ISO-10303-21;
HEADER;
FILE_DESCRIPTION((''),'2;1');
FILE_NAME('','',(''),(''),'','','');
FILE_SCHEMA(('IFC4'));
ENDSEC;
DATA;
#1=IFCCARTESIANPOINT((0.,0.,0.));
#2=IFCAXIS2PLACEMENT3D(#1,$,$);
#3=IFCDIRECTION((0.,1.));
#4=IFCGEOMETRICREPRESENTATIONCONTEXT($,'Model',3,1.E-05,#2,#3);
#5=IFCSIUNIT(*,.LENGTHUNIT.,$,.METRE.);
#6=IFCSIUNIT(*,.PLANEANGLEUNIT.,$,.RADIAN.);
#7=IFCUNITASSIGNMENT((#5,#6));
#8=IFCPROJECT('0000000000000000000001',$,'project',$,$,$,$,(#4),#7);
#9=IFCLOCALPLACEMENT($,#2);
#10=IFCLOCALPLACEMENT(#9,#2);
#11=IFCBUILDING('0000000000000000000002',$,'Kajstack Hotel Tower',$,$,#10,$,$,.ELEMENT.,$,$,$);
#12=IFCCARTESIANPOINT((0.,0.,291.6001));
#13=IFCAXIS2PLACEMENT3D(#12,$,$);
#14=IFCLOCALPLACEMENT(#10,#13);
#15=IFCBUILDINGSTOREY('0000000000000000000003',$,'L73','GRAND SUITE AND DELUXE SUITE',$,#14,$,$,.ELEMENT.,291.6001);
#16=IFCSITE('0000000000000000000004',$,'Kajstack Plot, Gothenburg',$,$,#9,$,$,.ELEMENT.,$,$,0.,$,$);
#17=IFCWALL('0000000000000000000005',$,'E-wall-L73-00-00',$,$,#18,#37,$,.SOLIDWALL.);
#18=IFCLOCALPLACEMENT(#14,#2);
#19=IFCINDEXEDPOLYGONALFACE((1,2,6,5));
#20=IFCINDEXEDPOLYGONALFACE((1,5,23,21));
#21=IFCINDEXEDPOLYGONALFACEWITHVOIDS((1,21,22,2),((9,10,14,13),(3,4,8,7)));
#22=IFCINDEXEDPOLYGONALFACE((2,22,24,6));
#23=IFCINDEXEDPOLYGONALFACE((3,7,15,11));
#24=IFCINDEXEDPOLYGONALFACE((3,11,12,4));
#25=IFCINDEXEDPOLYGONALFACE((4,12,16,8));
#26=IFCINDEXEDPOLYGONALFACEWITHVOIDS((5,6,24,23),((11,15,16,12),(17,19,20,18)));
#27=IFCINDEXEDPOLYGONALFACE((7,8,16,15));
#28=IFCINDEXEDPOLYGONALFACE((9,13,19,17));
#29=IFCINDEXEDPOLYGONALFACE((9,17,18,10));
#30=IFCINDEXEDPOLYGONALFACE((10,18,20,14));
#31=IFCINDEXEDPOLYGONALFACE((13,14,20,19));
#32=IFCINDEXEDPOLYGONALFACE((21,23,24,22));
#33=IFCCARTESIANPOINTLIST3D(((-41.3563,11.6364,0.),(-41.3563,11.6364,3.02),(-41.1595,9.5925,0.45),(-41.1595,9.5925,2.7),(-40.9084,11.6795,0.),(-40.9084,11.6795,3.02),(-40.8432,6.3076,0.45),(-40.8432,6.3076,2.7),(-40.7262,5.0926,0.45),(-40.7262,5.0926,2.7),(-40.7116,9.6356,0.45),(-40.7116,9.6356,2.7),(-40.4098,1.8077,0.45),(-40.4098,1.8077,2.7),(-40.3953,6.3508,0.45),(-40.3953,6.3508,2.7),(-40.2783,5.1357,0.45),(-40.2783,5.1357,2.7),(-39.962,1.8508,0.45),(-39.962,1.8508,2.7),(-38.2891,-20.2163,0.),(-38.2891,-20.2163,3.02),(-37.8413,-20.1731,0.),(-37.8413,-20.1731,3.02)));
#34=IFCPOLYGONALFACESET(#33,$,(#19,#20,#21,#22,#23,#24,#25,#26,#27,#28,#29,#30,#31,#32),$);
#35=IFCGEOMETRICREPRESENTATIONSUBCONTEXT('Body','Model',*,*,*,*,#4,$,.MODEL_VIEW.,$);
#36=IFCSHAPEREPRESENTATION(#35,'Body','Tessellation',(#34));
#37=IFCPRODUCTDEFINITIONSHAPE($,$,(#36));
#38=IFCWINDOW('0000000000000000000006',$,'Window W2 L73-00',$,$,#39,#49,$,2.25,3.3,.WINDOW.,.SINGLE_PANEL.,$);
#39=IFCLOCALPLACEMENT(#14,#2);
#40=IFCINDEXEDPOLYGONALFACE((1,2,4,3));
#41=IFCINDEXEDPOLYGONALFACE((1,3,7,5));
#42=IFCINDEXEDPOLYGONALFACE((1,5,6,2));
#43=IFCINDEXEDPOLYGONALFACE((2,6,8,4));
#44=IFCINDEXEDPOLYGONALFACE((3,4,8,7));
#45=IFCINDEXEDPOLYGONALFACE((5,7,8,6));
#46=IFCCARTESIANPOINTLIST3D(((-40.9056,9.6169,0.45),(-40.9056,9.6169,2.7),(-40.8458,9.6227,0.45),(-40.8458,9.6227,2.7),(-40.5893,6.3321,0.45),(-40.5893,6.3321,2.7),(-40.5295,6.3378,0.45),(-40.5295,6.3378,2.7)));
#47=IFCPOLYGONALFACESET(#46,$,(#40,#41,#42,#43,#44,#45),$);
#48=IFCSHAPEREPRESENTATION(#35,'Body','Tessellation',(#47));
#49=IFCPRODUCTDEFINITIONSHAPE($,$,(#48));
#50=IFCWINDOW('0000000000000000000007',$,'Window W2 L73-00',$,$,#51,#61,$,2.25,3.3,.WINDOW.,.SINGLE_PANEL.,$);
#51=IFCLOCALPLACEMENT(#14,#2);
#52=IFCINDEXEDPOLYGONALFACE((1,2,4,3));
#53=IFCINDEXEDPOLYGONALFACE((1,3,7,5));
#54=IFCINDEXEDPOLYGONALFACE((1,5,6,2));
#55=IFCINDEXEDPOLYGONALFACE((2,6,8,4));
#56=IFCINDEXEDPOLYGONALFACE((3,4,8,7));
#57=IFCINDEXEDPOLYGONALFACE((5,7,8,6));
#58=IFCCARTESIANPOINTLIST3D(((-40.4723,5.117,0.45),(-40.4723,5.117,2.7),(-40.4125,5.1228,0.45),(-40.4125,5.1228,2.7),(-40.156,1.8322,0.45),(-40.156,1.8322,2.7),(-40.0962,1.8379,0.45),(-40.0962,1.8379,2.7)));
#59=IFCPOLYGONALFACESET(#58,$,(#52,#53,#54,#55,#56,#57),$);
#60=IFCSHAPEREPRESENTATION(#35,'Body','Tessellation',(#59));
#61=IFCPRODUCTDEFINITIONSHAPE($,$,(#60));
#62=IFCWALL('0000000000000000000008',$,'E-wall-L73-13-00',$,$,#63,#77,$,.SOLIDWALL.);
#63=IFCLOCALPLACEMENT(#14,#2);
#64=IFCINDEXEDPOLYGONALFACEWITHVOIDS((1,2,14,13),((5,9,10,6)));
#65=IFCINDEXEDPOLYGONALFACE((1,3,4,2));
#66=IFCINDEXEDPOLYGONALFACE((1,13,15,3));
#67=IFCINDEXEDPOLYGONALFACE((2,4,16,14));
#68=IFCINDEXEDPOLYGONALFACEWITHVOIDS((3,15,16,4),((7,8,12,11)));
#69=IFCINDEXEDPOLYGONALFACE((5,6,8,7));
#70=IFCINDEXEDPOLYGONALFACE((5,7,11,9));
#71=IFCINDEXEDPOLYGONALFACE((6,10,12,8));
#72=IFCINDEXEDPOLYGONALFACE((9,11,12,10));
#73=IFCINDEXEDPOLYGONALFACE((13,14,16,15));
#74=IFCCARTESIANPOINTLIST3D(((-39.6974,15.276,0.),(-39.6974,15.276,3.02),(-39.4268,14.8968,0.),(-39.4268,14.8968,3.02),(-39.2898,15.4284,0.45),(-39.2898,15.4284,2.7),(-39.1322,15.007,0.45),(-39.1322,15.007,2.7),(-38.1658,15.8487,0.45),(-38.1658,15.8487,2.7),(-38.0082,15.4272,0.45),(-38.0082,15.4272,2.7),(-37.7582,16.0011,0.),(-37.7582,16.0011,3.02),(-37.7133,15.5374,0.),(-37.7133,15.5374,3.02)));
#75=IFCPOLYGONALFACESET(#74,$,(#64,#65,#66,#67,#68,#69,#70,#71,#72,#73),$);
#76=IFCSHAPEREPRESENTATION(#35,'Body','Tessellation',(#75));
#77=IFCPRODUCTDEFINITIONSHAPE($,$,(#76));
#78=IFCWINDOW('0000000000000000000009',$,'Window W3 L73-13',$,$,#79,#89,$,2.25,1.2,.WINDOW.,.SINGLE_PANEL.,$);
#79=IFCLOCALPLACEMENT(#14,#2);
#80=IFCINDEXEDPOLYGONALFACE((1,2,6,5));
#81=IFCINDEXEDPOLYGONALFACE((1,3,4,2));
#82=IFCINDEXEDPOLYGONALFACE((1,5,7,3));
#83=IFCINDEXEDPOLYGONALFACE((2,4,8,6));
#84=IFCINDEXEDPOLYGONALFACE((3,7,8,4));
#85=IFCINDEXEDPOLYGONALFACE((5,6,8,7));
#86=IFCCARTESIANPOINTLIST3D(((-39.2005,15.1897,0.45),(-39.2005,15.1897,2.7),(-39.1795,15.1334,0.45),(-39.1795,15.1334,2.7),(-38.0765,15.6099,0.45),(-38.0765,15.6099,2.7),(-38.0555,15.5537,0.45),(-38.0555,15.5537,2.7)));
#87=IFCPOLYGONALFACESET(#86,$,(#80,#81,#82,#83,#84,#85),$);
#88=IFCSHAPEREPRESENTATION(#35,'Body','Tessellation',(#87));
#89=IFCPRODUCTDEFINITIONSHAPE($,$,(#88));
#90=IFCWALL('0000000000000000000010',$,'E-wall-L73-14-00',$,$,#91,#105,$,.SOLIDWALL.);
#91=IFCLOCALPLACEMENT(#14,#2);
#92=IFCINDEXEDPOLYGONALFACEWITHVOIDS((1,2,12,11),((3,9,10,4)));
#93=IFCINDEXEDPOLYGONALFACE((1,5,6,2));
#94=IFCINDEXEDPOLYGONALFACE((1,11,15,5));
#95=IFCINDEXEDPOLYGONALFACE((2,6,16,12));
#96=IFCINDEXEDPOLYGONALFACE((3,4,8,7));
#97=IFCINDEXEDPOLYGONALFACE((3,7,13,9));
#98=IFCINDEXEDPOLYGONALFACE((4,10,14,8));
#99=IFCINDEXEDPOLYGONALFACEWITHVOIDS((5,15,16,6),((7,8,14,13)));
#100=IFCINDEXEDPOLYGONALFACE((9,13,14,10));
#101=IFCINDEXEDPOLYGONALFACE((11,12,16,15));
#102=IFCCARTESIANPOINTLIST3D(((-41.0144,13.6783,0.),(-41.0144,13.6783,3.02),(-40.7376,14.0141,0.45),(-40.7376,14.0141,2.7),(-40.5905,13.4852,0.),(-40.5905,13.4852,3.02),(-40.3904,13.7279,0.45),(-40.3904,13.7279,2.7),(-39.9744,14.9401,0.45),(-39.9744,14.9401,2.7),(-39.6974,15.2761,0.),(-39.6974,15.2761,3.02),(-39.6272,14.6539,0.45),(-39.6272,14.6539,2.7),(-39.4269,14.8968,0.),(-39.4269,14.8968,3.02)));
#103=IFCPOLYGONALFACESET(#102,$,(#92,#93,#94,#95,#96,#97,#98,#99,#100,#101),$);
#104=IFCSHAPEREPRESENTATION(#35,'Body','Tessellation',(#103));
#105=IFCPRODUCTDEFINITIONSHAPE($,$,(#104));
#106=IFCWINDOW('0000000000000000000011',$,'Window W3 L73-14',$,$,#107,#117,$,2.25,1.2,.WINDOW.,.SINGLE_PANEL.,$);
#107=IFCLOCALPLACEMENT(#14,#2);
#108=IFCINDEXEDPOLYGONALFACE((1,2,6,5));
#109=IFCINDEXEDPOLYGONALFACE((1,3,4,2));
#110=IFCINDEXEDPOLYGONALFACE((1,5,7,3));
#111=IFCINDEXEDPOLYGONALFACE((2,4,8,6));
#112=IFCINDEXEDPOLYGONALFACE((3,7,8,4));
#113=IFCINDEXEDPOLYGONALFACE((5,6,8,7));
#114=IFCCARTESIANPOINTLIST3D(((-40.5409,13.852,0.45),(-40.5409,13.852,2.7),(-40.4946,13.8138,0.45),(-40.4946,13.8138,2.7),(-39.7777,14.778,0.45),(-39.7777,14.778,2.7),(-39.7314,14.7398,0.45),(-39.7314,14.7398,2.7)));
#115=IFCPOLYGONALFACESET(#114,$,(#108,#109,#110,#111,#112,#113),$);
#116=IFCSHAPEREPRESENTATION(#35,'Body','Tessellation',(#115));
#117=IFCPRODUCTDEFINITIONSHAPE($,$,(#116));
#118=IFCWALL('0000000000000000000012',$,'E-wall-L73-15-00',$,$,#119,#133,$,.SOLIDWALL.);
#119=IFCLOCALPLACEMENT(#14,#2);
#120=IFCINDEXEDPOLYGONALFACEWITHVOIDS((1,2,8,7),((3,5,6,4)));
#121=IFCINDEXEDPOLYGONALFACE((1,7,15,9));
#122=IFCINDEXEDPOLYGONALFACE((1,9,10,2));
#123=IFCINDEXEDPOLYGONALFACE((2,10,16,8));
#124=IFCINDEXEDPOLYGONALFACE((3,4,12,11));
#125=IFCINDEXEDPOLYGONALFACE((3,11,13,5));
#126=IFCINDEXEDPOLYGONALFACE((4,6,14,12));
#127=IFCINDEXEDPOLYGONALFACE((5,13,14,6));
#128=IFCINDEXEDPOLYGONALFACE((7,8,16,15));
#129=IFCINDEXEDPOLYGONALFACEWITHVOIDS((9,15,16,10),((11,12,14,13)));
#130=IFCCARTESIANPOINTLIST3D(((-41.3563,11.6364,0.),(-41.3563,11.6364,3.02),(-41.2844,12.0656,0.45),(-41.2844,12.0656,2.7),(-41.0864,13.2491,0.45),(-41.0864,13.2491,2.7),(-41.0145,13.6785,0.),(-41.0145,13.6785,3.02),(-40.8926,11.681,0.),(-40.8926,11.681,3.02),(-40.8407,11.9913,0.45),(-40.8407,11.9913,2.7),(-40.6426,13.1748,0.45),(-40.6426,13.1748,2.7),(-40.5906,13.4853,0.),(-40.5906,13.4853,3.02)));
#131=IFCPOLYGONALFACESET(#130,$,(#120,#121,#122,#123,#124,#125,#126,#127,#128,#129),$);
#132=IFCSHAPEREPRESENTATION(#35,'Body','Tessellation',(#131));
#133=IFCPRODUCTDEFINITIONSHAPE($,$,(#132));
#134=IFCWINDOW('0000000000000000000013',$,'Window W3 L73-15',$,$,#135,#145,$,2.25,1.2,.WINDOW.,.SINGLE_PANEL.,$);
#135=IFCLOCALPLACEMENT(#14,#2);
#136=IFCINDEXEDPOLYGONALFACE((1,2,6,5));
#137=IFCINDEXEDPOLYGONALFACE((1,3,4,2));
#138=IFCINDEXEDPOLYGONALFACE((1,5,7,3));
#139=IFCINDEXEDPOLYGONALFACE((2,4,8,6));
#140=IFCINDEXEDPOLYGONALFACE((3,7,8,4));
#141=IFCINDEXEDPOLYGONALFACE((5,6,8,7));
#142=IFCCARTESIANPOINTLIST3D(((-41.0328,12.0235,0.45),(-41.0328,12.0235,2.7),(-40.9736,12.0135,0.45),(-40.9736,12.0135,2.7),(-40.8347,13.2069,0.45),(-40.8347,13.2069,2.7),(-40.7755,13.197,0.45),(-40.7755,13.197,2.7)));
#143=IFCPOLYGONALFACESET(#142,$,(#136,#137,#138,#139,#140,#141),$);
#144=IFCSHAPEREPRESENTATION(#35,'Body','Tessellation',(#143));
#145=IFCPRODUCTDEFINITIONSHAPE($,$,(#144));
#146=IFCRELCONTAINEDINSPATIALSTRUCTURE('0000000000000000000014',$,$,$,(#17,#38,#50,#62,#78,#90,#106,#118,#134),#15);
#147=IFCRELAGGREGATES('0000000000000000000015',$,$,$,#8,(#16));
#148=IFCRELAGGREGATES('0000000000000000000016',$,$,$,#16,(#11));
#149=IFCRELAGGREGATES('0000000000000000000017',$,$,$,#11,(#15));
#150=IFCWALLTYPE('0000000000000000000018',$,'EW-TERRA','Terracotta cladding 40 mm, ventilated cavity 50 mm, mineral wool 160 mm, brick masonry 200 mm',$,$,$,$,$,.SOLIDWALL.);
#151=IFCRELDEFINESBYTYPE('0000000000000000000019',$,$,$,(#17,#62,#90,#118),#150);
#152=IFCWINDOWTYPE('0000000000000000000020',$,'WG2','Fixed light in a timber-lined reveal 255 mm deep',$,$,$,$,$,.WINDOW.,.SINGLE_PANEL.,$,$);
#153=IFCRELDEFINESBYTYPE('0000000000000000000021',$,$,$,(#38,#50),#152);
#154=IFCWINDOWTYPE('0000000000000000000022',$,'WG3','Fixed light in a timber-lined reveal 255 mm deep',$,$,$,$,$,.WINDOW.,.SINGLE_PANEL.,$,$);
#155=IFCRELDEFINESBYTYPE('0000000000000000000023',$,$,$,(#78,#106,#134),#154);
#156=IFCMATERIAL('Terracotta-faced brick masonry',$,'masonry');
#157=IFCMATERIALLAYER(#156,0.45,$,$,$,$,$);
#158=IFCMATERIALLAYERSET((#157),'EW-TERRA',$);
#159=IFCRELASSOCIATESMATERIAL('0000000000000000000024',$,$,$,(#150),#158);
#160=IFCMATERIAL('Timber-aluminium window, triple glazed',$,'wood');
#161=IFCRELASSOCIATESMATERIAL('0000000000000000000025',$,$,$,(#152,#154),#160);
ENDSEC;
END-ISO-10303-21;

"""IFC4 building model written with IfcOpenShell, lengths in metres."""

from ifc_helpers import new_model, si_unit, direction, frame, frame_2d, origin, place, context, subcontext, project, spatial, polyline, rectangle, outline, extrude, material, layer, layer_set, type_object, element, fill, save


model = new_model("IFC4")

# Units and contexts
model_context = context("Model", 3, precision=1e-05, world=origin(), true_north=direction((0.0, 1.0)))
body_context = subcontext(model_context, "Body", "Model", "MODEL_VIEW")
ifc_project = project(units=[si_unit("LENGTHUNIT", "METRE"), si_unit("PLANEANGLEUNIT", "RADIAN")], contexts=[model_context])

# Site, building, storey
site_placement = place(None, origin())
site = spatial("IfcSite", under=ifc_project, at=site_placement, Name="Kajstack Plot, Gothenburg", CompositionType="ELEMENT", RefElevation=0.0)
building_placement = place(site_placement, origin())
building = spatial("IfcBuilding", under=site, at=building_placement, Name="Kajstack Hotel Tower", CompositionType="ELEMENT")
storey_placement = place(building_placement, frame((0.0, 0.0, 291.6001)))
storey = spatial("IfcBuildingStorey", under=building, at=storey_placement, Name="L73", Description="GRAND SUITE AND DELUXE SUITE", CompositionType="ELEMENT", Elevation=291.6001)

# Wall, openings, windows
ifc_material_1 = material(Name="Terracotta-faced brick masonry", Category="masonry")
ifc_layer_1 = layer(ifc_material_1, 0.45)
ifc_layer_set_1 = layer_set([ifc_layer_1], Name="EW-TERRA")
wall_type_1 = type_object("IfcWallType", Name="EW-TERRA", Description="Terracotta cladding 40 mm, ventilated cavity 50 mm, mineral wool 160 mm, brick masonry 200 mm", PredefinedType="SOLIDWALL", material=ifc_layer_set_1)
wall_1_placement = place(storey_placement, frame((-41.1323, 11.658, 0.0), z_axis=(0.0, 0.0, 1.0), x_axis=(0.095848, -0.995396, 0.0)))
wall_1 = element("IfcWall", 1, at=wall_1_placement, inside=storey, type_object=wall_type_1, Name="E-wall-L73-00-00", PredefinedType="SOLIDWALL", context=body_context, shape_type="SweptSolid", body=[
    extrude(rectangle(XDim=32.0, YDim=0.45, at=frame_2d((16.0, 0.0))), origin(), (0.0, 0.0, 1.0), 3.02),
])
opening_1_placement = place(wall_1_placement, frame((2.0535, 0.0, 0.45)))
opening_1 = element("IfcOpeningElement", 2, at=opening_1_placement, cuts=wall_1, PredefinedType="OPENING", context=body_context, shape_type="SweptSolid", body=[
    extrude(rectangle(XDim=3.3, YDim=2.25, at=frame_2d((1.6499, 1.125))), frame((0.0, 0.2349, 0.0), z_axis=(0.0, -1.0, 0.0), x_axis=(1.0, 0.0, 0.0)), (0.0, 0.0, 1.0), 0.47),
])
opening_2_placement = place(wall_1_placement, frame((6.5742, 0.0, 0.45)))
opening_2 = element("IfcOpeningElement", 3, at=opening_2_placement, cuts=wall_1, PredefinedType="OPENING", context=body_context, shape_type="SweptSolid", body=[
    extrude(rectangle(XDim=3.3, YDim=2.25, at=frame_2d((1.6499, 1.125))), frame((0.0, 0.2349, 0.0), z_axis=(0.0, -1.0, 0.0), x_axis=(1.0, 0.0, 0.0)), (0.0, 0.0, 1.0), 0.47),
])
ifc_material_2 = material(Name="Timber-aluminium window, triple glazed", Category="wood")
window_type_1 = type_object("IfcWindowType", Name="WG2", Description="Fixed light in a timber-lined reveal 255 mm deep", PartitioningType="SINGLE_PANEL", PredefinedType="WINDOW", material=ifc_material_2)
window_1_placement = place(opening_1_placement, origin())
window_1 = element("IfcWindow", 4, at=window_1_placement, inside=storey, type_object=window_type_1, Name="Window W2 L73-00", OverallHeight=2.25, OverallWidth=3.3, PartitioningType="SINGLE_PANEL", PredefinedType="WINDOW", context=body_context, shape_type="SweptSolid", body=[
    extrude(rectangle(XDim=3.3, YDim=2.25, at=frame_2d((1.6499, 1.125))), frame((0.0, 0.0901, 0.0), z_axis=(0.0, -1.0, 0.0), x_axis=(1.0, 0.0, 0.0)), (0.0, 0.0, 1.0), 0.0601),
])
fill(opening_1, window_1)
window_2_placement = place(opening_2_placement, origin())
window_2 = element("IfcWindow", 5, at=window_2_placement, inside=storey, type_object=window_type_1, Name="Window W2 L73-00", OverallHeight=2.25, OverallWidth=3.3, PartitioningType="SINGLE_PANEL", PredefinedType="WINDOW", context=body_context, shape_type="SweptSolid", body=[
    extrude(rectangle(XDim=3.3, YDim=2.25, at=frame_2d((1.6499, 1.125))), frame((0.0, 0.0901, 0.0), z_axis=(0.0, -1.0, 0.0), x_axis=(1.0, 0.0, 0.0)), (0.0, 0.0, 1.0), 0.0601),
])
fill(opening_2, window_2)

# Walls, openings, windows
wall_2_placement = place(storey_placement, frame((-37.6792, 15.7905, 0.0), z_axis=(0.0, 0.0, 1.0), x_axis=(-0.936678, -0.350193, 0.0)))
wall_2 = element("IfcWall", 6, at=wall_2_placement, inside=storey, type_object=wall_type_1, Name="E-wall-L73-13-00", PredefinedType="SOLIDWALL", context=body_context, shape_type="SweptSolid", body=[
    extrude(outline(polyline([(0.0002, -0.2249), (2.0706, -0.2249), (1.95, 0.2251), (0.1206, 0.2251), (0.0002, -0.2249)])), origin(), (0.0, 0.0, 1.0), 3.02),
])
opening_3_placement = place(wall_2_placement, frame((0.4353, 0.0, 0.45)))
opening_3 = element("IfcOpeningElement", 7, at=opening_3_placement, cuts=wall_2, PredefinedType="OPENING", context=body_context, shape_type="SweptSolid", body=[
    extrude(rectangle(XDim=1.2, YDim=2.25, at=frame_2d((0.6001, 1.125))), frame((0.0, 0.2349, 0.0), z_axis=(0.0, -1.0, 0.0), x_axis=(1.0, 0.0, 0.0)), (0.0, 0.0, 1.0), 0.47),
])
window_type_2 = type_object("IfcWindowType", Name="WG3", Description="Fixed light in a timber-lined reveal 255 mm deep", PartitioningType="SINGLE_PANEL", PredefinedType="WINDOW", material=ifc_material_2)
window_3_placement = place(opening_3_placement, origin())
window_3 = element("IfcWindow", 8, at=window_3_placement, inside=storey, type_object=window_type_2, Name="Window W3 L73-13", OverallHeight=2.25, OverallWidth=1.2, PartitioningType="SINGLE_PANEL", PredefinedType="WINDOW", context=body_context, shape_type="SweptSolid", body=[
    extrude(rectangle(XDim=1.2, YDim=2.25, at=frame_2d((0.6001, 1.125))), frame((0.0, 0.0901, 0.0), z_axis=(0.0, -1.0, 0.0), x_axis=(1.0, 0.0, 0.0)), (0.0, 0.0, 1.0), 0.0601),
])
fill(opening_3, window_3)
wall_3_placement = place(storey_placement, frame((-39.5239, 15.1331, 0.0), z_axis=(0.0, 0.0, 1.0), x_axis=(-0.636046, -0.771651, 0.0)))
wall_3 = element("IfcWall", 9, at=wall_3_placement, inside=storey, type_object=wall_type_1, Name="E-wall-L73-14-00", PredefinedType="SOLIDWALL", context=body_context, shape_type="SweptSolid", body=[
    extrude(outline(polyline([(0.0, -0.2249), (2.0706, -0.2249), (1.95, 0.2251), (0.1206, 0.2251), (0.0, -0.2249)])), origin(), (0.0, 0.0, 1.0), 3.02),
])
opening_4_placement = place(wall_3_placement, frame((0.4353, 0.0, 0.45)))
opening_4 = element("IfcOpeningElement", 10, at=opening_4_placement, cuts=wall_3, PredefinedType="OPENING", context=body_context, shape_type="SweptSolid", body=[
    extrude(rectangle(XDim=1.2, YDim=2.25, at=frame_2d((0.6001, 1.125))), frame((0.0, 0.2349, 0.0), z_axis=(0.0, -1.0, 0.0), x_axis=(1.0, 0.0, 0.0)), (0.0, 0.0, 1.0), 0.47),
])
window_4_placement = place(opening_4_placement, origin())
window_4 = element("IfcWindow", 11, at=window_4_placement, inside=storey, type_object=window_type_2, Name="Window W3 L73-14", OverallHeight=2.25, OverallWidth=1.2, PartitioningType="SINGLE_PANEL", PredefinedType="WINDOW", context=body_context, shape_type="SweptSolid", body=[
    extrude(rectangle(XDim=1.2, YDim=2.25, at=frame_2d((0.6001, 1.125))), frame((0.0, 0.0901, 0.0), z_axis=(0.0, -1.0, 0.0), x_axis=(1.0, 0.0, 0.0)), (0.0, 0.0, 1.0), 0.0601),
])
fill(opening_4, window_4)
wall_4_placement = place(storey_placement, frame((-40.7925, 13.6414, 0.0), z_axis=(0.0, 0.0, 1.0), x_axis=(-0.165068, -0.986282, 0.0)))
wall_4 = element("IfcWall", 12, at=wall_4_placement, inside=storey, type_object=wall_type_1, Name="E-wall-L73-15-00", PredefinedType="SOLIDWALL", context=body_context, shape_type="SweptSolid", body=[
    extrude(outline(polyline([(0.0, -0.2251), (2.0706, -0.2251), (1.95, 0.2249), (0.1206, 0.2249), (0.0, -0.2251)])), origin(), (0.0, 0.0, 1.0), 3.02),
])
opening_5_placement = place(wall_4_placement, frame((0.4353, 0.0, 0.45)))
opening_5 = element("IfcOpeningElement", 13, at=opening_5_placement, cuts=wall_4, PredefinedType="OPENING", context=body_context, shape_type="SweptSolid", body=[
    extrude(rectangle(XDim=1.2, YDim=2.25, at=frame_2d((0.6001, 1.125))), frame((0.0, 0.2349, 0.0), z_axis=(0.0, -1.0, 0.0), x_axis=(1.0, 0.0, 0.0)), (0.0, 0.0, 1.0), 0.47),
])
window_5_placement = place(opening_5_placement, origin())
window_5 = element("IfcWindow", 14, at=window_5_placement, inside=storey, type_object=window_type_2, Name="Window W3 L73-15", OverallHeight=2.25, OverallWidth=1.2, PartitioningType="SINGLE_PANEL", PredefinedType="WINDOW", context=body_context, shape_type="SweptSolid", body=[
    extrude(rectangle(XDim=1.2, YDim=2.25, at=frame_2d((0.6001, 1.125))), frame((0.0, 0.0901, 0.0), z_axis=(0.0, -1.0, 0.0), x_axis=(1.0, 0.0, 0.0)), (0.0, 0.0, 1.0), 0.0601),
])
fill(opening_5, window_5)

save(model, "model.ifc")
